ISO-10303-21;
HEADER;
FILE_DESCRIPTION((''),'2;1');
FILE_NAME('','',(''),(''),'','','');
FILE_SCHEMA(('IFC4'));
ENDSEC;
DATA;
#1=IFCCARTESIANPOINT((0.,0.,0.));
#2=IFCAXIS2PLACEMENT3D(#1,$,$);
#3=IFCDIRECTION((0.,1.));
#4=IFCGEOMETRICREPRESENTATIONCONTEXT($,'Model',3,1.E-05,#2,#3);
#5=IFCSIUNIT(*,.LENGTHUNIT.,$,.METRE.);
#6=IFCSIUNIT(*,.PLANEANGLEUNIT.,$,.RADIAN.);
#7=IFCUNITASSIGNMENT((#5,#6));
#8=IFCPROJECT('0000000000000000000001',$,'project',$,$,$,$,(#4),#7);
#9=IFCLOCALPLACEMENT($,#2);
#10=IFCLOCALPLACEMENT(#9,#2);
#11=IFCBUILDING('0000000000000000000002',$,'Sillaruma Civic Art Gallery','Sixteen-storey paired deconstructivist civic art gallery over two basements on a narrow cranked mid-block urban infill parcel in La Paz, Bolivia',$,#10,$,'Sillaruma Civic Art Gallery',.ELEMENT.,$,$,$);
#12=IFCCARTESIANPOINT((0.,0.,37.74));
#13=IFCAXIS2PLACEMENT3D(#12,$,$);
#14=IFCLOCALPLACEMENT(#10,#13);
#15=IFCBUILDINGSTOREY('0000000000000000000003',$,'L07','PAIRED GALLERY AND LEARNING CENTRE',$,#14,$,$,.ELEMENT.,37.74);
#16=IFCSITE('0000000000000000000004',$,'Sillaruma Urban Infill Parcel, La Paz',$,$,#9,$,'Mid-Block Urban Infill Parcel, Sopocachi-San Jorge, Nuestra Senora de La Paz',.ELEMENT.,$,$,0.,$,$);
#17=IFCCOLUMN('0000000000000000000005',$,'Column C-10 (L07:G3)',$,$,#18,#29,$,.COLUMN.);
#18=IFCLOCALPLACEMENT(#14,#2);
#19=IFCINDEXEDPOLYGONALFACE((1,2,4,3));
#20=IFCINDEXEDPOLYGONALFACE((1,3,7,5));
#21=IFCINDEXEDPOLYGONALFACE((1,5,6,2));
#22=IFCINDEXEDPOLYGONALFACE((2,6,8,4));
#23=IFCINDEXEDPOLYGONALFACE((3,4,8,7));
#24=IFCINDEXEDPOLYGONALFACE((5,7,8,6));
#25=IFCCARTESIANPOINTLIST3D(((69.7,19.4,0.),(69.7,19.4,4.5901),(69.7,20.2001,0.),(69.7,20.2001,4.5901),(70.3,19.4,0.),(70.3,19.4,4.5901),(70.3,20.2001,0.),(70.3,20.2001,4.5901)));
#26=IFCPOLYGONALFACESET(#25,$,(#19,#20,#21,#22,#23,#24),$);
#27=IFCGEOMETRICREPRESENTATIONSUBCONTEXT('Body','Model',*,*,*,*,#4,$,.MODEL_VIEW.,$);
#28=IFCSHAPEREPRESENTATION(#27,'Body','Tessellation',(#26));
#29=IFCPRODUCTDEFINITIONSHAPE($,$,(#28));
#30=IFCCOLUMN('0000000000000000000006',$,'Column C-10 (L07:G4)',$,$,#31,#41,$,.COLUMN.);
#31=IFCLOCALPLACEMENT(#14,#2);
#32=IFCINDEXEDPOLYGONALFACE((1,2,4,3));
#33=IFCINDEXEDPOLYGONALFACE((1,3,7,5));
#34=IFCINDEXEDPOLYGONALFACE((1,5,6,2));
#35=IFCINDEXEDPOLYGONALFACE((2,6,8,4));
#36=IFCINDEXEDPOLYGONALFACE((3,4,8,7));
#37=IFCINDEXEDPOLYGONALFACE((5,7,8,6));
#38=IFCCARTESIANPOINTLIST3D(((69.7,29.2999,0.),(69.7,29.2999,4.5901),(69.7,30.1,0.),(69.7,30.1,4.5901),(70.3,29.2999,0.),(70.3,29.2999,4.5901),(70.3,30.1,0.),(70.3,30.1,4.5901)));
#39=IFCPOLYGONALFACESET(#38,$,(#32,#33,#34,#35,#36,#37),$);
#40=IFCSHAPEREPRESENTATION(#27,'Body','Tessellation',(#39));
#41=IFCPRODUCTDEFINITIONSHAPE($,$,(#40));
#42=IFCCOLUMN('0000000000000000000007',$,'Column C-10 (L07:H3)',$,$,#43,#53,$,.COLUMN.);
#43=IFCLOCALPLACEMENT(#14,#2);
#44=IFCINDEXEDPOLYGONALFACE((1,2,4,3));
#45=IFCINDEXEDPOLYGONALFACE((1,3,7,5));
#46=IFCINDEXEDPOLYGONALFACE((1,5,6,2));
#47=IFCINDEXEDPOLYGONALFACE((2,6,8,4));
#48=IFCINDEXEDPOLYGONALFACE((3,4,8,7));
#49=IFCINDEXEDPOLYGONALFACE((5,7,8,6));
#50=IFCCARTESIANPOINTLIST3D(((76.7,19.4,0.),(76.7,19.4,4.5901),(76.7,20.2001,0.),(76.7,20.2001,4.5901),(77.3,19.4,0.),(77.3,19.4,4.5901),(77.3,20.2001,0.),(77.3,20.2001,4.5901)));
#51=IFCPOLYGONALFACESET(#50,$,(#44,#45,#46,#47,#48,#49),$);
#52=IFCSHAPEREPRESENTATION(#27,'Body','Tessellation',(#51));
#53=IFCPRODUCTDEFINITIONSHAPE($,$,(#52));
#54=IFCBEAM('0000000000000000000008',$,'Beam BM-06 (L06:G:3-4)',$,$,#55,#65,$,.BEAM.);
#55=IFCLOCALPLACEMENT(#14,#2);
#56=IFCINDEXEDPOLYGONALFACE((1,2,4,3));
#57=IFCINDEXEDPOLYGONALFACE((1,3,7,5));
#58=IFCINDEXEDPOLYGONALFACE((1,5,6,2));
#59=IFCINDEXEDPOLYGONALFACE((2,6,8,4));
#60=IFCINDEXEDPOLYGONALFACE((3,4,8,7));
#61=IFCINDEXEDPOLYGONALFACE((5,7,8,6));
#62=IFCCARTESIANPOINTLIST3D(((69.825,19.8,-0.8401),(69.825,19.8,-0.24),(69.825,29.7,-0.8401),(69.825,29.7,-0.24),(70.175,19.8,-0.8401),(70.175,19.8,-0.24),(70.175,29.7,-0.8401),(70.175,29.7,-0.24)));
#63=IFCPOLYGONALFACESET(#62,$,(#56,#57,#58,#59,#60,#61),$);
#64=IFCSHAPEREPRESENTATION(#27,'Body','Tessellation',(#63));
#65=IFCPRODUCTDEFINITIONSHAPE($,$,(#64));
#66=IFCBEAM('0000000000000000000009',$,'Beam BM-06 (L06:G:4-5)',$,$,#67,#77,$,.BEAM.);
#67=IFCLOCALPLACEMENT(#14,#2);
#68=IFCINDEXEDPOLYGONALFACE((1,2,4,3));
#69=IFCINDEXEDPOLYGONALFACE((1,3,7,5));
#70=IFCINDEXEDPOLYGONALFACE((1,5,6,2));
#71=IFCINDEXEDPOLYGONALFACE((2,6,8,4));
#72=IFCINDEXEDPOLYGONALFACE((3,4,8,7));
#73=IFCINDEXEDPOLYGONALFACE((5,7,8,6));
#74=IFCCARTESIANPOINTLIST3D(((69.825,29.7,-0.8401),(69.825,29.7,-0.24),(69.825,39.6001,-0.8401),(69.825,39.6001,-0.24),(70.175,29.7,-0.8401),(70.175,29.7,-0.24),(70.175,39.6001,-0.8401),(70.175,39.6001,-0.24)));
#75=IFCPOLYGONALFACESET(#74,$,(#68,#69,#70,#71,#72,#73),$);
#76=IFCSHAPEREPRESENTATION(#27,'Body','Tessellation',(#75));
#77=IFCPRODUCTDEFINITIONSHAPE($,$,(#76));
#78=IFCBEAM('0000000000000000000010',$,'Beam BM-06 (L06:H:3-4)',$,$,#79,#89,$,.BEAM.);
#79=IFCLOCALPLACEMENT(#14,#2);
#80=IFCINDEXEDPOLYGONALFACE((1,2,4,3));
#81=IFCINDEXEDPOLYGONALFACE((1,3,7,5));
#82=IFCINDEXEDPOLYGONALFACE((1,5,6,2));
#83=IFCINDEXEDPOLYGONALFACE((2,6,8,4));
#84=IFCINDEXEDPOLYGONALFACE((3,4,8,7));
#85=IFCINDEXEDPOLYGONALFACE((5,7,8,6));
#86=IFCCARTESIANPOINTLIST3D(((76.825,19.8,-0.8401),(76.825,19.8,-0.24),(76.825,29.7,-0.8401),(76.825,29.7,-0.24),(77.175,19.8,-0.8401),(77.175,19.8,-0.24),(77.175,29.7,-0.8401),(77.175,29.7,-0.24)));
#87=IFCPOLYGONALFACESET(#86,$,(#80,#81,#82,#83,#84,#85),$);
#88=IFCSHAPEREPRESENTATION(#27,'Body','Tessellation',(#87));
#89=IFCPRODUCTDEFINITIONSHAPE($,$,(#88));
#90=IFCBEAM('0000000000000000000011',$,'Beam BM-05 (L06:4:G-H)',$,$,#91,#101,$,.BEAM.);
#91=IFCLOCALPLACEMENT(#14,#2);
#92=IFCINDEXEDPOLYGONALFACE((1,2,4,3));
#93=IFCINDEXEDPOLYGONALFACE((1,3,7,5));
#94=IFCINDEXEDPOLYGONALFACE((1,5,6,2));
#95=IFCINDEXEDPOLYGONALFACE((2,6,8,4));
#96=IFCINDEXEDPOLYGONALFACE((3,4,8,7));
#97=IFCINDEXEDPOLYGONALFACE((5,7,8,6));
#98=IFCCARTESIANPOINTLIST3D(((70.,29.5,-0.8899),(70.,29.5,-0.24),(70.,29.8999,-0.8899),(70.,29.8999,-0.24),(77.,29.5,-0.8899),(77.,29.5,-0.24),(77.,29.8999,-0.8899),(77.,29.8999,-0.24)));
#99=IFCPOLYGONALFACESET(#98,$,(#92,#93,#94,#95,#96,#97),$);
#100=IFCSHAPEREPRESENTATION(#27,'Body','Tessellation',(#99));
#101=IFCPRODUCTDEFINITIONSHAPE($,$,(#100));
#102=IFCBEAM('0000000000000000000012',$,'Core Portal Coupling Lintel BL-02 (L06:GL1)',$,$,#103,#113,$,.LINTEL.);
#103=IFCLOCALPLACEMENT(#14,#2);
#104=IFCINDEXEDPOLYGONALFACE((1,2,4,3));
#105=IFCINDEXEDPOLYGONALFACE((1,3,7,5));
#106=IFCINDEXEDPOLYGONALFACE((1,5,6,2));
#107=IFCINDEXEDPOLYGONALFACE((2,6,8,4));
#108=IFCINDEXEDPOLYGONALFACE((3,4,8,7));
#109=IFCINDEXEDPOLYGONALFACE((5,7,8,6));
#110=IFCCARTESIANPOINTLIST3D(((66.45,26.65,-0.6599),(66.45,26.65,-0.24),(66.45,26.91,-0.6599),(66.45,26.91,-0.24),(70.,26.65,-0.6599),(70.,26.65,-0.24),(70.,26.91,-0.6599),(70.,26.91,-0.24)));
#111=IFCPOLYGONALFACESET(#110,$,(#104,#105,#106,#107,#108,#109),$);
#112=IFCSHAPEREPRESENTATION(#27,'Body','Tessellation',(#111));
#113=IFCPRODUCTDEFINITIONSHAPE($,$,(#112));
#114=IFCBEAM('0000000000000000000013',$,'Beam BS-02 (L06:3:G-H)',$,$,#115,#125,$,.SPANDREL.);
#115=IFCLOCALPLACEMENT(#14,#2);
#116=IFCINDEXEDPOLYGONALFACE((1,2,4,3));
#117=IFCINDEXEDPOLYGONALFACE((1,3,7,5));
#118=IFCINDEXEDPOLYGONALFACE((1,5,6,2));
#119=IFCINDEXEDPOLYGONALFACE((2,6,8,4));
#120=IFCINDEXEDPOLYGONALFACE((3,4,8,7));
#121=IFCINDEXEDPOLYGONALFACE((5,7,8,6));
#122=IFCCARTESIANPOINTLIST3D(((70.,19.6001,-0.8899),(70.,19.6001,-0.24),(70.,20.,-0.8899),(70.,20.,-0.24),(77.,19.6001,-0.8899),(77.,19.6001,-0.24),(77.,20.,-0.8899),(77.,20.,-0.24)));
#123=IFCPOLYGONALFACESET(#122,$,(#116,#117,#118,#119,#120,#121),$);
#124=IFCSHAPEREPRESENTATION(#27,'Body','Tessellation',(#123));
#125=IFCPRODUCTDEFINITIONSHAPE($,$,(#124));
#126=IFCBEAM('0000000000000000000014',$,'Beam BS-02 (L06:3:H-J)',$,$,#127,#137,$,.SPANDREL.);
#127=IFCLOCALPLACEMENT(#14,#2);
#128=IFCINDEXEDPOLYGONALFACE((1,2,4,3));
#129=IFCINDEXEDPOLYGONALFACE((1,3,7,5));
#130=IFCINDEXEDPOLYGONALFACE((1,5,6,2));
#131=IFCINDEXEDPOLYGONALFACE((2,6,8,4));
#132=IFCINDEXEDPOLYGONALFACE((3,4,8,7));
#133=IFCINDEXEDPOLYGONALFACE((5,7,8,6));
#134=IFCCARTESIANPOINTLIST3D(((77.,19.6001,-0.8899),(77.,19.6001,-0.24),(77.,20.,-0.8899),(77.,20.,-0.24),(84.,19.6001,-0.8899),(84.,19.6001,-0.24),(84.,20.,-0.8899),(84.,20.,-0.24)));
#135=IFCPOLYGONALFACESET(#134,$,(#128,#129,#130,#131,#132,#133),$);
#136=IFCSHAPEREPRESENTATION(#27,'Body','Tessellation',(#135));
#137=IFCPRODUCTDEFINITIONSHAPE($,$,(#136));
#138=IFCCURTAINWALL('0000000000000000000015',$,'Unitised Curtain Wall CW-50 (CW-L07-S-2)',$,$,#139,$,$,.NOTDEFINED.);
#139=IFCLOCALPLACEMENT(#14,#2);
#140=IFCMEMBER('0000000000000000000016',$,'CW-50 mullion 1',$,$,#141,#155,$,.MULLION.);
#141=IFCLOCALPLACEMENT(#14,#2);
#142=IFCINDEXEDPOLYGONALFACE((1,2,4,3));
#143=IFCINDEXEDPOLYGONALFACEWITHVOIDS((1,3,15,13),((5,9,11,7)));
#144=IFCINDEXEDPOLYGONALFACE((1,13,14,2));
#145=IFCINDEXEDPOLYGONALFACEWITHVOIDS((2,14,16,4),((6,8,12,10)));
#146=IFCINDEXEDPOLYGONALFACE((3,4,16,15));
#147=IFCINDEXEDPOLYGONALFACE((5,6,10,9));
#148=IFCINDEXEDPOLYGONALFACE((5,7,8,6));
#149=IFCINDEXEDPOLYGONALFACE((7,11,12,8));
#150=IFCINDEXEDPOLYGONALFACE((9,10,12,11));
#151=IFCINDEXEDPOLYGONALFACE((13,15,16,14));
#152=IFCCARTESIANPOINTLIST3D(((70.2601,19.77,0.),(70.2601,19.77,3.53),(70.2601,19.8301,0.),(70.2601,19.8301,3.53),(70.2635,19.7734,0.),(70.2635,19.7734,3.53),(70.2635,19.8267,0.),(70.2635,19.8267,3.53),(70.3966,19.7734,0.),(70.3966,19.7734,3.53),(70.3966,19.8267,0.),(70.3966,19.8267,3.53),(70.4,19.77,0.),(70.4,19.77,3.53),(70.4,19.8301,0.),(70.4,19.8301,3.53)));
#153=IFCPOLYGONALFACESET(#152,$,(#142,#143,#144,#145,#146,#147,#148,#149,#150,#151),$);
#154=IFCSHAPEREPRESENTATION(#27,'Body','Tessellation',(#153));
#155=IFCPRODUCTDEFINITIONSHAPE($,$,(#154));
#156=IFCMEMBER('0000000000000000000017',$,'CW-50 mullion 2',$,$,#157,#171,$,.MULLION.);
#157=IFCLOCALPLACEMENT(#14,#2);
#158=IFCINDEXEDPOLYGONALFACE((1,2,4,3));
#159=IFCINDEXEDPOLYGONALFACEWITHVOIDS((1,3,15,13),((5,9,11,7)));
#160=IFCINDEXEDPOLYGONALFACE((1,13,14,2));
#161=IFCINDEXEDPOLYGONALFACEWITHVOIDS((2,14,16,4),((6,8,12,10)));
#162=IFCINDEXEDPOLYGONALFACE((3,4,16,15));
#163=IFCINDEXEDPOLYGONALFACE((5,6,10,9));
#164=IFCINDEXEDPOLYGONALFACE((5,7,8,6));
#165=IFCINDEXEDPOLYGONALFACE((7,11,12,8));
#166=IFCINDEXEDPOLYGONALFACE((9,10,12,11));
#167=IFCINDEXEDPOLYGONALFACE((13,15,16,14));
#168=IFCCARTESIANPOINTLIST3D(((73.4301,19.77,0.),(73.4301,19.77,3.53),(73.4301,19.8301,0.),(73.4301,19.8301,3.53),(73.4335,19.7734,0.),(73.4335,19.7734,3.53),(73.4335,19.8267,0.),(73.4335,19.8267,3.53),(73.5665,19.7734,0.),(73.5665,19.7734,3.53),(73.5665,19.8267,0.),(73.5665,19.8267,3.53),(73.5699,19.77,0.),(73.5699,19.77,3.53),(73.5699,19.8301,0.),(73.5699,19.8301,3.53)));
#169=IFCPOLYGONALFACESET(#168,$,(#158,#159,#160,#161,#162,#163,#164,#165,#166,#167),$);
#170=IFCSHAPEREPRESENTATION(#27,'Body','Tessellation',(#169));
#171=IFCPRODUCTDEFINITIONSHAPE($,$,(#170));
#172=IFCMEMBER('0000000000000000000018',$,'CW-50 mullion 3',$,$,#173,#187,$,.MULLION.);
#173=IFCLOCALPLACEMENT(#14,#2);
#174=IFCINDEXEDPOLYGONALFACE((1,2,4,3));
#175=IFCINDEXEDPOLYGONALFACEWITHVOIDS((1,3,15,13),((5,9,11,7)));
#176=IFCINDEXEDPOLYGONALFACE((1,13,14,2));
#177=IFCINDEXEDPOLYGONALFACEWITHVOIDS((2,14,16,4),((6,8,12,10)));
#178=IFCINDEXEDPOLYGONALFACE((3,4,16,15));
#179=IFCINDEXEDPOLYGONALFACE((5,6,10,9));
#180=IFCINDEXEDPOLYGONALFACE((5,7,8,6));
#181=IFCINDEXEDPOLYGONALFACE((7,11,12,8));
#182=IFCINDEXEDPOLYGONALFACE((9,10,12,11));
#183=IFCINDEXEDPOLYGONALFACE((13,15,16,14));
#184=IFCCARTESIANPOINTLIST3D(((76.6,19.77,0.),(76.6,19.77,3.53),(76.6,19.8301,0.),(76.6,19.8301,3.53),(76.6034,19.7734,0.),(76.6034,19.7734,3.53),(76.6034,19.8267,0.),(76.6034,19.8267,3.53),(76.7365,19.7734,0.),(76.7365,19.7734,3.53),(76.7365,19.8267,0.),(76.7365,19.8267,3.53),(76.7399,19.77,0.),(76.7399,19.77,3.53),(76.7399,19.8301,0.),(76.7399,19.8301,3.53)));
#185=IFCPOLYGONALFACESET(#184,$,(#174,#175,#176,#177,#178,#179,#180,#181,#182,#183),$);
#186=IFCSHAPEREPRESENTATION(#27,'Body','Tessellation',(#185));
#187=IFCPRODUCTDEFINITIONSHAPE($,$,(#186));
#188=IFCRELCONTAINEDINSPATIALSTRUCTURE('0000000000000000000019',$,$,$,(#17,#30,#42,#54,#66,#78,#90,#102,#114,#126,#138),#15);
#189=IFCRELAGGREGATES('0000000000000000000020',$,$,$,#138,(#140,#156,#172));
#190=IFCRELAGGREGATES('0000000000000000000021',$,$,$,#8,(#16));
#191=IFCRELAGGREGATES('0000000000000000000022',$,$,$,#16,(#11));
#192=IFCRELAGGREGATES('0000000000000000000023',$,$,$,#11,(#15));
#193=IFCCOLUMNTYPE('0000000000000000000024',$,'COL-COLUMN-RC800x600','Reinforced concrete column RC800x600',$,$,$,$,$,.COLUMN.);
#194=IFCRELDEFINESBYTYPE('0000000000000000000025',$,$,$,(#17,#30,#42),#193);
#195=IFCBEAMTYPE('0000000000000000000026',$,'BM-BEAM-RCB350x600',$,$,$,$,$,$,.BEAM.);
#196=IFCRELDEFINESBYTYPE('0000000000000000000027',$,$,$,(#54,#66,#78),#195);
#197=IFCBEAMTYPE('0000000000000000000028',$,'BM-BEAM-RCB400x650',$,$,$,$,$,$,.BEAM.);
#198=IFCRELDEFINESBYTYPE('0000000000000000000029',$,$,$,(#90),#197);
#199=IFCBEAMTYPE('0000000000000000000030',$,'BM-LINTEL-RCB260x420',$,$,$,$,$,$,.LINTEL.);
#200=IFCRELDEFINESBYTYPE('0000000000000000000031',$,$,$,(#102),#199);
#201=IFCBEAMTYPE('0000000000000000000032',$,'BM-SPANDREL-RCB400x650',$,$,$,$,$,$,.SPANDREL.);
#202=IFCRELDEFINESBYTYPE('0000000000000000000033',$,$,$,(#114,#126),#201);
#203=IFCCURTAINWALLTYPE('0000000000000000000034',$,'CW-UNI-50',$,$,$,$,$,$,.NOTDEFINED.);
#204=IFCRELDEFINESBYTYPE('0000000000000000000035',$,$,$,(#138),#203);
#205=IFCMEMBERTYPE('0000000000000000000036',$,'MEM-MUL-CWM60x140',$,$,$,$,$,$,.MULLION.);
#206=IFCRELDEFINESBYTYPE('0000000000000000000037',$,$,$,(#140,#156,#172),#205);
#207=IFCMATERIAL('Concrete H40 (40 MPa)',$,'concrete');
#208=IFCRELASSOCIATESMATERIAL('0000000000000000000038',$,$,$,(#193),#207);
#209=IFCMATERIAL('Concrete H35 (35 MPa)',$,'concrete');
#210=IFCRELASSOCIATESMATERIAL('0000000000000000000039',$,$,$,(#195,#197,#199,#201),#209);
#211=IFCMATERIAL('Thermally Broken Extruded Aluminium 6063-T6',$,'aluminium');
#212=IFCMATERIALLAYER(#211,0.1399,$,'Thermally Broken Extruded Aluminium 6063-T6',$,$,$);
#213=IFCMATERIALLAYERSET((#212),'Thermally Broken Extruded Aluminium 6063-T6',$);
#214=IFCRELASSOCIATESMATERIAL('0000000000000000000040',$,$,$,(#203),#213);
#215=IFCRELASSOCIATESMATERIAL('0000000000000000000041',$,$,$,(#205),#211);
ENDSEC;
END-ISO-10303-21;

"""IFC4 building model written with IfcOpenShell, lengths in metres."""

from ifc_helpers import new_model, si_unit, direction, frame, origin, origin_2d, place, context, subcontext, project, spatial, rectangle, hollow_rectangle, extrude, material, layer, layer_set, material_profile, profile_set, type_object, element, aggregate, save


model = new_model("IFC4")

# Units and contexts
model_context = context("Model", 3, precision=1e-05, world=origin(), true_north=direction((0.0, 1.0)))
body_context = subcontext(model_context, "Body", "Model", "MODEL_VIEW")
ifc_project = project(units=[si_unit("LENGTHUNIT", "METRE"), si_unit("PLANEANGLEUNIT", "RADIAN")], contexts=[model_context])

# Site, building, storey
site_placement = place(None, origin())
site = spatial("IfcSite", under=ifc_project, at=site_placement, Name="Sillaruma Urban Infill Parcel, La Paz", LongName="Mid-Block Urban Infill Parcel, Sopocachi-San Jorge, Nuestra Senora de La Paz", CompositionType="ELEMENT", RefElevation=0.0)
building_placement = place(site_placement, origin())
building = spatial("IfcBuilding", under=site, at=building_placement, Name="Sillaruma Civic Art Gallery", Description="Sixteen-storey paired deconstructivist civic art gallery over two basements on a narrow cranked mid-block urban infill parcel in La Paz, Bolivia", LongName="Sillaruma Civic Art Gallery", CompositionType="ELEMENT")
storey_placement = place(building_placement, frame((0.0, 0.0, 37.74)))
storey = spatial("IfcBuildingStorey", under=building, at=storey_placement, Name="L07", Description="PAIRED GALLERY AND LEARNING CENTRE", CompositionType="ELEMENT", Elevation=37.74)

# Columns
ifc_material_1 = material(Name="Concrete H40 (40 MPa)", Category="concrete")
ifc_material_profile_1 = material_profile(ifc_material_1, rectangle(XDim=0.6001, YDim=0.8, at=origin_2d()), Name="RC800x600")
ifc_profile_set_1 = profile_set([ifc_material_profile_1], Name="Concrete H40 (40 MPa)")
column_type = type_object("IfcColumnType", Name="COL-COLUMN-RC800x600", Description="Reinforced concrete column RC800x600", PredefinedType="COLUMN", material=ifc_profile_set_1)
for number, where, z_axis, x_axis, name in (
    (1, (70.0, 19.8, 0.0), (0.0, 0.0, 1.0), (1.0, 0.0, 0.0), "Column C-10 (L07:G3)"),
    (2, (70.0, 29.7, 0.0), (0.0, 0.0, 1.0), (1.0, 0.0, 0.0), "Column C-10 (L07:G4)"),
    (3, (77.0, 19.8, 0.0), (0.0, 0.0, 1.0), (1.0, 0.0, 0.0), "Column C-10 (L07:H3)"),
):
    element("IfcColumn", number, at=place(storey_placement, frame(where, z_axis=z_axis, x_axis=x_axis)), inside=storey, type_object=column_type, Name=name, PredefinedType="COLUMN", context=body_context, shape_type="SweptSolid", body=[
        extrude(rectangle(XDim=0.6001, YDim=0.8, at=origin_2d()), origin(), (0.0, 0.0, 1.0), 4.5901),
    ])

# Beams
ifc_material_2 = material(Name="Concrete H35 (35 MPa)", Category="concrete")
ifc_material_profile_2 = material_profile(ifc_material_2, rectangle(XDim=0.3501, YDim=0.6001, at=origin_2d()), Name="RCB350x600")
ifc_profile_set_2 = profile_set([ifc_material_profile_2], Name="Concrete H35 (35 MPa)")
beam_type_1 = type_object("IfcBeamType", Name="BM-BEAM-RCB350x600", PredefinedType="BEAM", material=ifc_profile_set_2)
beam_1_placement = place(storey_placement, frame((70.0, 19.8, -0.54), z_axis=(0.0, 1.0, 0.0), x_axis=(-1.0, 0.0, 0.0)))
element("IfcBeam", 4, at=beam_1_placement, inside=storey, type_object=beam_type_1, Name="Beam BM-06 (L06:G:3-4)", PredefinedType="BEAM", context=body_context, shape_type="SweptSolid", body=[
    extrude(rectangle(XDim=0.3501, YDim=0.6001, at=origin_2d()), origin(), (0.0, 0.0, 1.0), 9.8999),
])
beam_2_placement = place(storey_placement, frame((70.0, 29.7, -0.54), z_axis=(0.0, 1.0, 0.0), x_axis=(-1.0, 0.0, 0.0)))
element("IfcBeam", 5, at=beam_2_placement, inside=storey, type_object=beam_type_1, Name="Beam BM-06 (L06:G:4-5)", PredefinedType="BEAM", context=body_context, shape_type="SweptSolid", body=[
    extrude(rectangle(XDim=0.3501, YDim=0.6001, at=origin_2d()), origin(), (0.0, 0.0, 1.0), 9.9001),
])
beam_3_placement = place(storey_placement, frame((77.0, 19.8, -0.54), z_axis=(0.0, 1.0, 0.0), x_axis=(-1.0, 0.0, 0.0)))
element("IfcBeam", 6, at=beam_3_placement, inside=storey, type_object=beam_type_1, Name="Beam BM-06 (L06:H:3-4)", PredefinedType="BEAM", context=body_context, shape_type="SweptSolid", body=[
    extrude(rectangle(XDim=0.3501, YDim=0.6001, at=origin_2d()), origin(), (0.0, 0.0, 1.0), 9.8999),
])
ifc_material_profile_3 = material_profile(ifc_material_2, rectangle(XDim=0.3999, YDim=0.6499, at=origin_2d()), Name="RCB400x650")
ifc_profile_set_3 = profile_set([ifc_material_profile_3], Name="Concrete H35 (35 MPa)")
beam_type_2 = type_object("IfcBeamType", Name="BM-BEAM-RCB400x650", PredefinedType="BEAM", material=ifc_profile_set_3)
beam_4_placement = place(storey_placement, frame((70.0, 29.7, -0.5649), z_axis=(1.0, 0.0, 0.0), x_axis=(0.0, 1.0, 0.0)))
element("IfcBeam", 7, at=beam_4_placement, inside=storey, type_object=beam_type_2, Name="Beam BM-05 (L06:4:G-H)", PredefinedType="BEAM", context=body_context, shape_type="SweptSolid", body=[
    extrude(rectangle(XDim=0.3999, YDim=0.6499, at=origin_2d()), origin(), (0.0, 0.0, 1.0), 7.0),
])
ifc_material_profile_4 = material_profile(ifc_material_2, rectangle(XDim=0.26, YDim=0.4199, at=origin_2d()), Name="RCB260x420")
ifc_profile_set_4 = profile_set([ifc_material_profile_4], Name="Concrete H35 (35 MPa)")
beam_type_3 = type_object("IfcBeamType", Name="BM-LINTEL-RCB260x420", PredefinedType="LINTEL", material=ifc_profile_set_4)
beam_5_placement = place(storey_placement, frame((66.45, 26.78, -0.45), z_axis=(1.0, 0.0, 0.0), x_axis=(0.0, 1.0, 0.0)))
element("IfcBeam", 8, at=beam_5_placement, inside=storey, type_object=beam_type_3, Name="Core Portal Coupling Lintel BL-02 (L06:GL1)", PredefinedType="LINTEL", context=body_context, shape_type="SweptSolid", body=[
    extrude(rectangle(XDim=0.26, YDim=0.4199, at=origin_2d()), origin(), (0.0, 0.0, 1.0), 3.55),
])
ifc_material_profile_5 = material_profile(ifc_material_2, rectangle(XDim=0.3999, YDim=0.6499, at=origin_2d()), Name="RCB400x650")
ifc_profile_set_5 = profile_set([ifc_material_profile_5], Name="Concrete H35 (35 MPa)")
beam_type_4 = type_object("IfcBeamType", Name="BM-SPANDREL-RCB400x650", PredefinedType="SPANDREL", material=ifc_profile_set_5)
for number, where, z_axis, x_axis, name in (
    (9, (70.0, 19.8, -0.5649), (1.0, 0.0, 0.0), (0.0, 1.0, 0.0), "Beam BS-02 (L06:3:G-H)"),
    (10, (77.0, 19.8, -0.5649), (1.0, 0.0, 0.0), (0.0, 1.0, 0.0), "Beam BS-02 (L06:3:H-J)"),
):
    element("IfcBeam", number, at=place(storey_placement, frame(where, z_axis=z_axis, x_axis=x_axis)), inside=storey, type_object=beam_type_4, Name=name, PredefinedType="SPANDREL", context=body_context, shape_type="SweptSolid", body=[
        extrude(rectangle(XDim=0.3999, YDim=0.6499, at=origin_2d()), origin(), (0.0, 0.0, 1.0), 7.0),
    ])

# Curtain wall, members
ifc_material_3 = material(Name="Thermally Broken Extruded Aluminium 6063-T6", Category="aluminium")
ifc_layer_1 = layer(ifc_material_3, 0.1399, Name="Thermally Broken Extruded Aluminium 6063-T6")
ifc_layer_set_1 = layer_set([ifc_layer_1], Name="Thermally Broken Extruded Aluminium 6063-T6")
curtain_wall_type_1 = type_object("IfcCurtainWallType", Name="CW-UNI-50", PredefinedType="NOTDEFINED", material=ifc_layer_set_1)
curtain_wall_1_placement = place(storey_placement, origin())
curtain_wall_1 = element("IfcCurtainWall", 11, at=curtain_wall_1_placement, inside=storey, type_object=curtain_wall_type_1, Name="Unitised Curtain Wall CW-50 (CW-L07-S-2)", PredefinedType="NOTDEFINED")
ifc_material_profile_6 = material_profile(ifc_material_3, hollow_rectangle(XDim=0.0601, YDim=0.1399, WallThickness=0.0034, at=origin_2d()), Name="CWM60x140")
ifc_profile_set_6 = profile_set([ifc_material_profile_6], Name="Thermally Broken Extruded Aluminium 6063-T6")
member_type_1 = type_object("IfcMemberType", Name="MEM-MUL-CWM60x140", PredefinedType="MULLION", material=ifc_profile_set_6)
member_1_placement = place(storey_placement, frame((70.3301, 19.8, 0.0), z_axis=(0.0, 0.0, 1.0), x_axis=(0.0, 1.0, 0.0)))
member_1 = element("IfcMember", 12, at=member_1_placement, type_object=member_type_1, Name="CW-50 mullion 1", PredefinedType="MULLION", context=body_context, shape_type="SweptSolid", body=[
    extrude(hollow_rectangle(XDim=0.0601, YDim=0.1399, WallThickness=0.0034, at=origin_2d()), origin(), (0.0, 0.0, 1.0), 3.53),
])
member_2_placement = place(storey_placement, frame((73.5, 19.8, 0.0), z_axis=(0.0, 0.0, 1.0), x_axis=(0.0, 1.0, 0.0)))
member_2 = element("IfcMember", 13, at=member_2_placement, type_object=member_type_1, Name="CW-50 mullion 2", PredefinedType="MULLION", context=body_context, shape_type="SweptSolid", body=[
    extrude(hollow_rectangle(XDim=0.0601, YDim=0.1399, WallThickness=0.0034, at=origin_2d()), origin(), (0.0, 0.0, 1.0), 3.53),
])
member_3_placement = place(storey_placement, frame((76.6699, 19.8, 0.0), z_axis=(0.0, 0.0, 1.0), x_axis=(0.0, 1.0, 0.0)))
member_3 = element("IfcMember", 14, at=member_3_placement, type_object=member_type_1, Name="CW-50 mullion 3", PredefinedType="MULLION", context=body_context, shape_type="SweptSolid", body=[
    extrude(hollow_rectangle(XDim=0.0601, YDim=0.1399, WallThickness=0.0034, at=origin_2d()), origin(), (0.0, 0.0, 1.0), 3.53),
])

aggregate(curtain_wall_1, [member_1, member_2, member_3])

save(model, "model.ifc")
